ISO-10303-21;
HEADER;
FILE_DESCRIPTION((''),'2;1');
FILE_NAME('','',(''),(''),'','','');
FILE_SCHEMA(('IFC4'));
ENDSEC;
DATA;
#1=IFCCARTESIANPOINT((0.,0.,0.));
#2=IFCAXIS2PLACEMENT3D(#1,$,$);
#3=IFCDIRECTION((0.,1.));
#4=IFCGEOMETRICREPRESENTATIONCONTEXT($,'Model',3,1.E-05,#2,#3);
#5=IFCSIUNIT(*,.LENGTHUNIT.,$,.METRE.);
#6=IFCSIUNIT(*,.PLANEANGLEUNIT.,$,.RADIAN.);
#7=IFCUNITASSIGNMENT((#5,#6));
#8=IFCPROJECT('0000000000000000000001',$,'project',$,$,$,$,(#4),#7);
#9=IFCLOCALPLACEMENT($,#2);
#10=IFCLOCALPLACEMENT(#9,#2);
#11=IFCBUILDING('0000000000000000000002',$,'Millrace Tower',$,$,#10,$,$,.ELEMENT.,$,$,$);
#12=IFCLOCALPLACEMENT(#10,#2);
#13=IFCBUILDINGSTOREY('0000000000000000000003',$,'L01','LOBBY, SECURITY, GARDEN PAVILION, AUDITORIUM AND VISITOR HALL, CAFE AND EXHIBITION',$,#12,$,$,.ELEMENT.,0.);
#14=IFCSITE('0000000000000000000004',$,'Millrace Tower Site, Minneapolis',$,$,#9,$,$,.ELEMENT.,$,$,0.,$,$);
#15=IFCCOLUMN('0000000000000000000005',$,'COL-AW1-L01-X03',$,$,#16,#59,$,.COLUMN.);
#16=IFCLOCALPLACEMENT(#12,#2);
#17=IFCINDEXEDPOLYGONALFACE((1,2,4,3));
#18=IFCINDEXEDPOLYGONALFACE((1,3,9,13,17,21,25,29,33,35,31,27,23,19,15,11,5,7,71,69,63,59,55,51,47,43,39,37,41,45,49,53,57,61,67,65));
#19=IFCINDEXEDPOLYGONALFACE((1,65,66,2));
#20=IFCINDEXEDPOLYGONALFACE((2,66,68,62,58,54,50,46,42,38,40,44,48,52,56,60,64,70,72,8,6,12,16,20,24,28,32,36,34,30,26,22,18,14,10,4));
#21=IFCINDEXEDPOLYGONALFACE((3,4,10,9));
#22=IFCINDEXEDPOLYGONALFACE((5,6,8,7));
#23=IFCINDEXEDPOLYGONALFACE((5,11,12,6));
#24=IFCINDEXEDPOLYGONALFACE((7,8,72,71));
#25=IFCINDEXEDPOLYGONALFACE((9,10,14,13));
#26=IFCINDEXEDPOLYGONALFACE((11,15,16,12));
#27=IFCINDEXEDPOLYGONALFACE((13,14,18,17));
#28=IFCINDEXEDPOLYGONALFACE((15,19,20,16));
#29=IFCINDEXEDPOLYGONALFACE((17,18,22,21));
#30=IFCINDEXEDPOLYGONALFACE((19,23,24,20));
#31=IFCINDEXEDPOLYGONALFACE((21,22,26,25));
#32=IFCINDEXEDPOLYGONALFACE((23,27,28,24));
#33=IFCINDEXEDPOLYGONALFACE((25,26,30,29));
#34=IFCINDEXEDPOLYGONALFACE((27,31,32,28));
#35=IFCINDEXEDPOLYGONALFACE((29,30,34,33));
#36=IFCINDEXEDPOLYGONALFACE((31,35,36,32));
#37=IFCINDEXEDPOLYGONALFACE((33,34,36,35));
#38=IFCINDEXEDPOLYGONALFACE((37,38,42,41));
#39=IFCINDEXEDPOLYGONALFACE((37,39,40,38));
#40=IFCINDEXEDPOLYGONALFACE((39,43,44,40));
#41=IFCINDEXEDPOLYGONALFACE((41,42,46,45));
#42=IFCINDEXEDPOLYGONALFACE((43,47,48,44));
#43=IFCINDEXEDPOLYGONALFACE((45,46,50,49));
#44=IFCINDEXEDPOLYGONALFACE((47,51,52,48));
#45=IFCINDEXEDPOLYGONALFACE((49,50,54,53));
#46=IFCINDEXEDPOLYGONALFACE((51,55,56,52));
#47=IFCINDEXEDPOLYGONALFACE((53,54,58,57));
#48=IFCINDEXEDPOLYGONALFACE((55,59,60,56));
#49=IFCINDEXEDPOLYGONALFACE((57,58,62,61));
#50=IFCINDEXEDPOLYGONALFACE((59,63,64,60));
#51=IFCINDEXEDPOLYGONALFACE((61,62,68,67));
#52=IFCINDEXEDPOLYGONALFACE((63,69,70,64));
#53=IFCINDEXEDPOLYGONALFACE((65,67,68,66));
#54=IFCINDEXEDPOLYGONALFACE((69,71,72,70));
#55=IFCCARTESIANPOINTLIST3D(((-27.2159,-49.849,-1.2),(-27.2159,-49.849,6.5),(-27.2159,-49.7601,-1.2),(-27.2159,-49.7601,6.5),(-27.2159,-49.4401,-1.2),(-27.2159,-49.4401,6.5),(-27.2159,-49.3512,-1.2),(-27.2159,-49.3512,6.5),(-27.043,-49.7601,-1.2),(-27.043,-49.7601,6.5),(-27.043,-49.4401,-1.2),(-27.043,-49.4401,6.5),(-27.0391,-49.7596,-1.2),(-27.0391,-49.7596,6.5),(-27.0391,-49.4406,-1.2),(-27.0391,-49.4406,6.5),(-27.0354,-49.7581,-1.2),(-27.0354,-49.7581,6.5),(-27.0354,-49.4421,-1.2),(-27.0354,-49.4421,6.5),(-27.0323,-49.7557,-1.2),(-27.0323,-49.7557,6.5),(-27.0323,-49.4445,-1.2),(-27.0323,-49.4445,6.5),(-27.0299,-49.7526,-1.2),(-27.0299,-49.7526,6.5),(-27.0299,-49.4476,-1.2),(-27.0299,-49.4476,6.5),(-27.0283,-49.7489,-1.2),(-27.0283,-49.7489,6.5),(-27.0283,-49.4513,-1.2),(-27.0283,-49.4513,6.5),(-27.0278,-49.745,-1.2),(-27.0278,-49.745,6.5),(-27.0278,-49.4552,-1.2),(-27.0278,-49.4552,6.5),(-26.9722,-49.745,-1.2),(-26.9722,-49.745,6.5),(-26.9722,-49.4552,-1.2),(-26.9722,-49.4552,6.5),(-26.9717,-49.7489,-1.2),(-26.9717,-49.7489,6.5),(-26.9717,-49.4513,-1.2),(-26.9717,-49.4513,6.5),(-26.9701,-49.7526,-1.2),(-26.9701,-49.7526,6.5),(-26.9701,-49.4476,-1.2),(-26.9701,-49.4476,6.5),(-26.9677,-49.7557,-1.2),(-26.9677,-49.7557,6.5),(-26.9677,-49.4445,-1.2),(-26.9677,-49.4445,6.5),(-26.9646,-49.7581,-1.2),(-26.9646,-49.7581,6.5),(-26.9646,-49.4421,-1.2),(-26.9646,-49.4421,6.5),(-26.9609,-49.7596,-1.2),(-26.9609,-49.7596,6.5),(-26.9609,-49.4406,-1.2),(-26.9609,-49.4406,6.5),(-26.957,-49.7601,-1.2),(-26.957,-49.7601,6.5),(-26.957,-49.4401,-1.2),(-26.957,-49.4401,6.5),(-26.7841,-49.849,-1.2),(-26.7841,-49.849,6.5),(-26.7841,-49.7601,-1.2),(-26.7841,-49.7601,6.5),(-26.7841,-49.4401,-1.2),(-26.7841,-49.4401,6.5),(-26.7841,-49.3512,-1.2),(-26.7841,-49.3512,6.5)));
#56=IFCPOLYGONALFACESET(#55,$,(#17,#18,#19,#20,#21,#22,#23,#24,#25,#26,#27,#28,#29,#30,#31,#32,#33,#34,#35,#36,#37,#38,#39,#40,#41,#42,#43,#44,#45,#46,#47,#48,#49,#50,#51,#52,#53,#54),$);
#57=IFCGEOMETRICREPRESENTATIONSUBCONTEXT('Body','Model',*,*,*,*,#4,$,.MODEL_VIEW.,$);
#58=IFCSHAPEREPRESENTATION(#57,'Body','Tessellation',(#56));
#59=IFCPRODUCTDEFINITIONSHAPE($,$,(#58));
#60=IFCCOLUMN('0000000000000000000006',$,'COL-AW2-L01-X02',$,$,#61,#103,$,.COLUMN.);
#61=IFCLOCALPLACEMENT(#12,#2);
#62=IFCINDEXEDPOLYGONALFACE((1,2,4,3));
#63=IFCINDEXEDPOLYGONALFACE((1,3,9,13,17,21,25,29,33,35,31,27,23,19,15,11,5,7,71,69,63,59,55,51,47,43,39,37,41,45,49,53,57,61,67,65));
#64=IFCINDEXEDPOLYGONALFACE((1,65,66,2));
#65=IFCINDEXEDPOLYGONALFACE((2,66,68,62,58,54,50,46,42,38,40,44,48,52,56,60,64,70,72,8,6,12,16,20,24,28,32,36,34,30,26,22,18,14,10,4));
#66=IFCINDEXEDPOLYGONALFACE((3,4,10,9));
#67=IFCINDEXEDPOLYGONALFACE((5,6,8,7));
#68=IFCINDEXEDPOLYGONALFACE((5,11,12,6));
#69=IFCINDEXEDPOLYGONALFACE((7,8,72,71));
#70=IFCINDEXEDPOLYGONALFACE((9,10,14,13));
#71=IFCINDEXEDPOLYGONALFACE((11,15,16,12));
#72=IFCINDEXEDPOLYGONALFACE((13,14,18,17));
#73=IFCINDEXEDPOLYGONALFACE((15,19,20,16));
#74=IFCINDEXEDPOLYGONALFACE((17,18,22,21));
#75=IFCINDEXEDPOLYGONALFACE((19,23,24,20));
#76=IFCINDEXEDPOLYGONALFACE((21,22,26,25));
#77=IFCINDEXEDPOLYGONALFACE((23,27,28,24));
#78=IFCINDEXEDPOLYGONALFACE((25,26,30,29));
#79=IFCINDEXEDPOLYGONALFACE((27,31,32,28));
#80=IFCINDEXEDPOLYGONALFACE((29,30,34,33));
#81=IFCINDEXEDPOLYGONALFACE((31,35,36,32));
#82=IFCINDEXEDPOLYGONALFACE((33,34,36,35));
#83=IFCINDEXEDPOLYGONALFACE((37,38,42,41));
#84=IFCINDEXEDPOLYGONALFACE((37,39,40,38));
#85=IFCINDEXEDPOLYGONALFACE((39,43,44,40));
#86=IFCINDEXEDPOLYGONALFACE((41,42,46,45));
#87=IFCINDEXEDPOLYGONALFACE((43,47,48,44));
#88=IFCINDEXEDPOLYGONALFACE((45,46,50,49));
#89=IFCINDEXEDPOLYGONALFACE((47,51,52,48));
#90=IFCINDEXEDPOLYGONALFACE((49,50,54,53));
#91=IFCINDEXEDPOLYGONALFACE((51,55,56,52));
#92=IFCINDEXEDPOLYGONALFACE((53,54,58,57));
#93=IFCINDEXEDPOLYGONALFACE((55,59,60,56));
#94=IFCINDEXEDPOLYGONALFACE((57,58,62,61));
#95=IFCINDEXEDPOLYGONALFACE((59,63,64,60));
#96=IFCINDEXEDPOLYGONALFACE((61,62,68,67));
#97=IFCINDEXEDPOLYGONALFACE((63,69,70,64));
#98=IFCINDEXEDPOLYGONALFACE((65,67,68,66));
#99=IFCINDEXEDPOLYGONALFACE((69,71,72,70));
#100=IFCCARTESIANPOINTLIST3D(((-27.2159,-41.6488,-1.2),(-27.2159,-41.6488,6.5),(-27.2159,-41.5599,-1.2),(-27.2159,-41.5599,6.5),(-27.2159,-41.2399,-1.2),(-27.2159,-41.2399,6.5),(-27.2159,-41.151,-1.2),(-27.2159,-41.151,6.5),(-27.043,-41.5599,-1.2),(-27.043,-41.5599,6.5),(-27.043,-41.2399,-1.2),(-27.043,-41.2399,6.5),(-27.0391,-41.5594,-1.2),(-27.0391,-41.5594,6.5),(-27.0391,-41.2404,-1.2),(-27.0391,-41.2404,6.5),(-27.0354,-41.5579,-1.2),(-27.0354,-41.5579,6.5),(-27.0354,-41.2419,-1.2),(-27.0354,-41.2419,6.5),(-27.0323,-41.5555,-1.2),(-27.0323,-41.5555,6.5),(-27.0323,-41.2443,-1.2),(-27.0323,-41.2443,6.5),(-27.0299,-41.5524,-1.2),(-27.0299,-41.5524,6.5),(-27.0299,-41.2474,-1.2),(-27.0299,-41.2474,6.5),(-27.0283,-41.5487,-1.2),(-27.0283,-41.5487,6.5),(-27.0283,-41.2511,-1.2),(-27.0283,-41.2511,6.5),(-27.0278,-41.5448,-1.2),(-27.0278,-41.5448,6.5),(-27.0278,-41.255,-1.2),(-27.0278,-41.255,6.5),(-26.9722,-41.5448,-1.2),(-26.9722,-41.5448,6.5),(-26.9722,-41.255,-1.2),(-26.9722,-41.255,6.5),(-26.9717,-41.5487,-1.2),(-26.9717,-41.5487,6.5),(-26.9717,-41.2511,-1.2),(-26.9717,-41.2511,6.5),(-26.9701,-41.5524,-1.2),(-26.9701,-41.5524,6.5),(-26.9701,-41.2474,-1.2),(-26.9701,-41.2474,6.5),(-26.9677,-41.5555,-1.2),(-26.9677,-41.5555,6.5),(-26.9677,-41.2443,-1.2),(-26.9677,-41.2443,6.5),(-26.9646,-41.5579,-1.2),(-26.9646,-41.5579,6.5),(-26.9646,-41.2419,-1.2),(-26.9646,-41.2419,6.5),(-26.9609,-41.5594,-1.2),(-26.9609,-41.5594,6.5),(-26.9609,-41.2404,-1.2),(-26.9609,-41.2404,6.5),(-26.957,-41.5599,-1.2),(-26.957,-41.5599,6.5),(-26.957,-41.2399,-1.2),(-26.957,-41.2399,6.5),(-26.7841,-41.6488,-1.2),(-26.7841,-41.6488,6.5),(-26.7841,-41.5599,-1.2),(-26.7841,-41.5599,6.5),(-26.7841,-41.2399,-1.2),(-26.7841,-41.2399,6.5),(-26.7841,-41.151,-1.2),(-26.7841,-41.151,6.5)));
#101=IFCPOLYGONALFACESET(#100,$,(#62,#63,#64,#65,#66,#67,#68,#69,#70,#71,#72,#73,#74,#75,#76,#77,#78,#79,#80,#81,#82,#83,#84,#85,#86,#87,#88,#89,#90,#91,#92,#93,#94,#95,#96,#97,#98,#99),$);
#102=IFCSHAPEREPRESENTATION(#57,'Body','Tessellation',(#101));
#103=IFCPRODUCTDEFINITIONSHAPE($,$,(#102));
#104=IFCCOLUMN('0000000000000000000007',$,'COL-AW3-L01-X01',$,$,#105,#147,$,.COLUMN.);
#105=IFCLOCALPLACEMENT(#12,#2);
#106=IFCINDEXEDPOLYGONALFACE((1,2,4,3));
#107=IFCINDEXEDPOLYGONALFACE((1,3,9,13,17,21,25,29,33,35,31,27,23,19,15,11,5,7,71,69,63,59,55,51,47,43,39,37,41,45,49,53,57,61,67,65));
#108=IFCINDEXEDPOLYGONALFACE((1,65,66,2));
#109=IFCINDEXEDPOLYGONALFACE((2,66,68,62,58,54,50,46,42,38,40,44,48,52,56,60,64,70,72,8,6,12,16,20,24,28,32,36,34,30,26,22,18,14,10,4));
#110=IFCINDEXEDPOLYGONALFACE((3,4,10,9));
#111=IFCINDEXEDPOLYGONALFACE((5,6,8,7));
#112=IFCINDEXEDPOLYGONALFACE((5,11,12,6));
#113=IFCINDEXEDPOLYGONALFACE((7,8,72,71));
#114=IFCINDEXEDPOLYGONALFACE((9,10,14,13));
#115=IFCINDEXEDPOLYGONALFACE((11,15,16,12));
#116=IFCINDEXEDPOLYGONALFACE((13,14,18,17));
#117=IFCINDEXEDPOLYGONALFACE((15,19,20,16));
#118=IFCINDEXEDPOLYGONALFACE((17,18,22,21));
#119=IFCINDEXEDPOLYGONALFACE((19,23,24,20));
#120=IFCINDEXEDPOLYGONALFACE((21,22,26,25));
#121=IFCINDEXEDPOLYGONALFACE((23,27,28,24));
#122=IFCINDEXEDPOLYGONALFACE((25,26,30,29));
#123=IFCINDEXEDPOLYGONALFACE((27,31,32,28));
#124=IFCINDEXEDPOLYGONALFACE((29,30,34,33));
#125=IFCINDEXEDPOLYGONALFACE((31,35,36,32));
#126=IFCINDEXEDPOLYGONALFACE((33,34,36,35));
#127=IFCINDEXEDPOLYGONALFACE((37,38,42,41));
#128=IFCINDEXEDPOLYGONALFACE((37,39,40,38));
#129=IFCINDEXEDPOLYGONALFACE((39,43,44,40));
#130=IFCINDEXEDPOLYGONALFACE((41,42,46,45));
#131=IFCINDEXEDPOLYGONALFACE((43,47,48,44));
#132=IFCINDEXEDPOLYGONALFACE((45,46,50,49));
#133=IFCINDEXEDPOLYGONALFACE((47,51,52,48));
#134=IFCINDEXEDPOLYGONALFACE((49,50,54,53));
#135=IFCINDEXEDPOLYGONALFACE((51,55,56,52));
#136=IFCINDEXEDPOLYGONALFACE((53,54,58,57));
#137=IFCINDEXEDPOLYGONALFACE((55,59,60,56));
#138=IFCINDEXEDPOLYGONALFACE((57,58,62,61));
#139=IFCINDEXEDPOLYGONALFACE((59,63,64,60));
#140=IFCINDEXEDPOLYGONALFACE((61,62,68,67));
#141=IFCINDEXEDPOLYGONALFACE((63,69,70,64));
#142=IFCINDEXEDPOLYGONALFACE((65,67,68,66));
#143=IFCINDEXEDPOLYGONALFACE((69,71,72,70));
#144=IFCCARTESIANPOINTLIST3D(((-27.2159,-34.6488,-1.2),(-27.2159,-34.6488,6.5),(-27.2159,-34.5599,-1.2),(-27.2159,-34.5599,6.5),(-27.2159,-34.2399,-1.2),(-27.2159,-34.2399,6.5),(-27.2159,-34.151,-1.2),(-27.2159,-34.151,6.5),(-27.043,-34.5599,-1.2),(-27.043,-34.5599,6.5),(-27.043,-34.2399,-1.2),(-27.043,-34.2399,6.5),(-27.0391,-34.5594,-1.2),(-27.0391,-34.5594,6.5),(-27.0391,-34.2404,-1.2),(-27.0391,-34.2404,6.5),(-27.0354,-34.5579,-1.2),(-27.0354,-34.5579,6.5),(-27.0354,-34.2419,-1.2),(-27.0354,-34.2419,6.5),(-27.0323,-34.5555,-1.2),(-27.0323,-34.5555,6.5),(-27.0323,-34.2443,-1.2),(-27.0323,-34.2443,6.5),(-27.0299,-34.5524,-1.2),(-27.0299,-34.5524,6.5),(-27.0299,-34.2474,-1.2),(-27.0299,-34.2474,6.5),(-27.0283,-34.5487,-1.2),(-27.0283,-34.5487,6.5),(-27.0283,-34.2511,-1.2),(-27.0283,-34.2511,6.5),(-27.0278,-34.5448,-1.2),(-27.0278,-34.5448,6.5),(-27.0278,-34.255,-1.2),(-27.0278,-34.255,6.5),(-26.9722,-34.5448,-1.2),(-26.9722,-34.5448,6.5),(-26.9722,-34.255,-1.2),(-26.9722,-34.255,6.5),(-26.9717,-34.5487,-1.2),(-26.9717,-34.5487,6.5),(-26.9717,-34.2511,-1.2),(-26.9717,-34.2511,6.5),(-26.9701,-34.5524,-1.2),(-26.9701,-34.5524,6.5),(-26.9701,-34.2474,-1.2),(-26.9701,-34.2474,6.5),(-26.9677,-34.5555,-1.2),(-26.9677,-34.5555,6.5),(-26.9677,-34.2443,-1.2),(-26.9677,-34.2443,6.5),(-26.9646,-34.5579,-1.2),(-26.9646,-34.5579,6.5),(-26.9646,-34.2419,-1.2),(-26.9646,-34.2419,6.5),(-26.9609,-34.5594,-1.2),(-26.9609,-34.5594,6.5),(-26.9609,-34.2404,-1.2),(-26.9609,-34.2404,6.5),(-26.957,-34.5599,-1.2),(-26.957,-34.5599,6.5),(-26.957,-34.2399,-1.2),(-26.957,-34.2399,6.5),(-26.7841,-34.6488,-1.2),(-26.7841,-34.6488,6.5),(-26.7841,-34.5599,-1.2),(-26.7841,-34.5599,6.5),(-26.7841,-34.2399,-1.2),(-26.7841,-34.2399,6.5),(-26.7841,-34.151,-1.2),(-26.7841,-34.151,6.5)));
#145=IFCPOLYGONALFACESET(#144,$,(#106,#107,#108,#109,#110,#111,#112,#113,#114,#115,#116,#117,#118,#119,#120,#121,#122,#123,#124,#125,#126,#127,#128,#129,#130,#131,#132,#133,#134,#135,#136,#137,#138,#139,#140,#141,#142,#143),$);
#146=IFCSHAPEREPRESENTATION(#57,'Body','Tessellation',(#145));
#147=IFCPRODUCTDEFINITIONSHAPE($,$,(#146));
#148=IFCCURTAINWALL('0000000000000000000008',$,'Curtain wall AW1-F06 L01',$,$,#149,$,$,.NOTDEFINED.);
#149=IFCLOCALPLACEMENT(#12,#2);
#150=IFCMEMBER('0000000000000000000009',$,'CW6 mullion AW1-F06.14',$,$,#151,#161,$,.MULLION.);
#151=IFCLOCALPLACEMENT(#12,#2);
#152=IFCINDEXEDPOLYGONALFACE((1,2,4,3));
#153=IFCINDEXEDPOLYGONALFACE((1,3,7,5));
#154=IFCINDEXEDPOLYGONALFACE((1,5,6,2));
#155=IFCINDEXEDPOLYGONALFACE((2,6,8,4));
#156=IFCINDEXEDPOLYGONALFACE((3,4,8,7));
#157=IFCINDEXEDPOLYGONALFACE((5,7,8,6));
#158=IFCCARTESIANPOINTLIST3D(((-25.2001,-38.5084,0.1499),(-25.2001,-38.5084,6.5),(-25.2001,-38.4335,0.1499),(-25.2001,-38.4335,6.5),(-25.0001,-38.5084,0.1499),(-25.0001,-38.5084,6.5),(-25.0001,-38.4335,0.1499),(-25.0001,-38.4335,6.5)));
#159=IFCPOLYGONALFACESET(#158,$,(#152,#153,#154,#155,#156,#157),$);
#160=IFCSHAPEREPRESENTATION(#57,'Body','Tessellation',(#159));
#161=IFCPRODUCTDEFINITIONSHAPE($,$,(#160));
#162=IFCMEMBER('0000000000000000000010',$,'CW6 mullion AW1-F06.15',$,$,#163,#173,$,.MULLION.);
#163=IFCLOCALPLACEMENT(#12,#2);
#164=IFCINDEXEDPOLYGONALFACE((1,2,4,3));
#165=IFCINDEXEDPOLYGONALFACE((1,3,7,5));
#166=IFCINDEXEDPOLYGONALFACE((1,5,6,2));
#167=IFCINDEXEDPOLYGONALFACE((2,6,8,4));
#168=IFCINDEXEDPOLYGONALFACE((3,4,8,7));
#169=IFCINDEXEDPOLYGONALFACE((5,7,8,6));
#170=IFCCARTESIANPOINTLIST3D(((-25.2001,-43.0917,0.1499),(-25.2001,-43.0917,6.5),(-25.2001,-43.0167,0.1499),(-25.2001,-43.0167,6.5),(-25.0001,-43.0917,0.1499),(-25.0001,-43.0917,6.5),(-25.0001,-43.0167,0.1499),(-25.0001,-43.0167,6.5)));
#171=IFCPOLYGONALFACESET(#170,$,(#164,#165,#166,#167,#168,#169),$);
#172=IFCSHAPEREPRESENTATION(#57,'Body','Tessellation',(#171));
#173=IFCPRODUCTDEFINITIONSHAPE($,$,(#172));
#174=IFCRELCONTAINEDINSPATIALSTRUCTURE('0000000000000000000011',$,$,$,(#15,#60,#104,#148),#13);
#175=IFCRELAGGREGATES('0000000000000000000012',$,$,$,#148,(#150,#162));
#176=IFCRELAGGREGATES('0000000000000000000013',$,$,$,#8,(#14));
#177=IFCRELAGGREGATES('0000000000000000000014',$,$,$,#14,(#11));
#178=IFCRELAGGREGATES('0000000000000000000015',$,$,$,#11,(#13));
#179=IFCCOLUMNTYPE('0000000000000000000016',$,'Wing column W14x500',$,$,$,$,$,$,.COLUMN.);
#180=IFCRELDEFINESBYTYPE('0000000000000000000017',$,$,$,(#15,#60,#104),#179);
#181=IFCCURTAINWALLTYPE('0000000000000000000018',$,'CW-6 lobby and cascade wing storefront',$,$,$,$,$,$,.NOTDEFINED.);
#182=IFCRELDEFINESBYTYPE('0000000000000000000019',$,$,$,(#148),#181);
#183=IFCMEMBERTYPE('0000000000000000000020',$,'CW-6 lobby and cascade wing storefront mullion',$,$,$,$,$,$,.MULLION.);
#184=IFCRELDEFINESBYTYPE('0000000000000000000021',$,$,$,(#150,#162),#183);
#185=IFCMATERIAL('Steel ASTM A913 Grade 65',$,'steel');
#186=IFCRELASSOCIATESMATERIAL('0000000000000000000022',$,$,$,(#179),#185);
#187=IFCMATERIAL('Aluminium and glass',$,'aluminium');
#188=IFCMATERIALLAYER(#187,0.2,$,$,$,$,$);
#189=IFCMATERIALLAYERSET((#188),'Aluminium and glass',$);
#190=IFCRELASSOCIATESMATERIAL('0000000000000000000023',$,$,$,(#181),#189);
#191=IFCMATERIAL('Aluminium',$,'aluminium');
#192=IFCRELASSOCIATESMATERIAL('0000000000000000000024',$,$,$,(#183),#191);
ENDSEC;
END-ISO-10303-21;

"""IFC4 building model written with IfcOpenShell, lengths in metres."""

from ifc_helpers import new_model, si_unit, direction, frame, origin, origin_2d, place, context, subcontext, project, spatial, rectangle, i_section, extrude, material, layer, layer_set, material_profile, profile_set, type_object, element, aggregate, save


model = new_model("IFC4")

# Units and contexts
model_context = context("Model", 3, precision=1e-05, world=origin(), true_north=direction((0.0, 1.0)))
body_context = subcontext(model_context, "Body", "Model", "MODEL_VIEW")
ifc_project = project(units=[si_unit("LENGTHUNIT", "METRE"), si_unit("PLANEANGLEUNIT", "RADIAN")], contexts=[model_context])

# Site, building, storey
site_placement = place(None, origin())
site = spatial("IfcSite", under=ifc_project, at=site_placement, Name="Millrace Tower Site, Minneapolis", CompositionType="ELEMENT", RefElevation=0.0)
building_placement = place(site_placement, origin())
building = spatial("IfcBuilding", under=site, at=building_placement, Name="Millrace Tower", CompositionType="ELEMENT")
storey_placement = place(building_placement, origin())
storey = spatial("IfcBuildingStorey", under=building, at=storey_placement, Name="L01", Description="LOBBY, SECURITY, GARDEN PAVILION, AUDITORIUM AND VISITOR HALL, CAFE AND EXHIBITION", CompositionType="ELEMENT", Elevation=0.0)

# Columns
ifc_material_1 = material(Name="Steel ASTM A913 Grade 65", Category="steel")
ifc_material_profile_1 = material_profile(ifc_material_1, i_section(OverallWidth=0.4319, OverallDepth=0.4978, WebThickness=0.0557, FlangeThickness=0.0889, FilletRadius=0.0151, at=origin_2d()))
ifc_profile_set_1 = profile_set([ifc_material_profile_1], Name="Steel ASTM A913 Grade 65")
column_type = type_object("IfcColumnType", Name="Wing column W14x500", PredefinedType="COLUMN", material=ifc_profile_set_1)
for number, where, z_axis, x_axis, name in (
    (1, (-27.0, -49.6001, -1.2), (0.0, 0.0, 1.0), (1.0, 0.0, 0.0), "COL-AW1-L01-X03"),
    (2, (-27.0, -41.3999, -1.2), (0.0, 0.0, 1.0), (1.0, 0.0, 0.0), "COL-AW2-L01-X02"),
    (3, (-27.0, -34.3999, -1.2), (0.0, 0.0, 1.0), (1.0, 0.0, 0.0), "COL-AW3-L01-X01"),
):
    element("IfcColumn", number, at=place(storey_placement, frame(where, z_axis=z_axis, x_axis=x_axis)), inside=storey, type_object=column_type, Name=name, PredefinedType="COLUMN", context=body_context, shape_type="SweptSolid", body=[
        extrude(i_section(OverallWidth=0.4319, OverallDepth=0.4978, WebThickness=0.0557, FlangeThickness=0.0889, FilletRadius=0.0151, at=origin_2d()), origin(), (0.0, 0.0, 1.0), 7.7),
    ])

# Curtain wall, members
ifc_material_2 = material(Name="Aluminium and glass", Category="aluminium")
ifc_layer_1 = layer(ifc_material_2, 0.2)
ifc_layer_set_1 = layer_set([ifc_layer_1], Name="Aluminium and glass")
curtain_wall_type = type_object("IfcCurtainWallType", Name="CW-6 lobby and cascade wing storefront", PredefinedType="NOTDEFINED", material=ifc_layer_set_1)
curtain_wall_placement = place(storey_placement, origin())
curtain_wall = element("IfcCurtainWall", 4, at=curtain_wall_placement, inside=storey, type_object=curtain_wall_type, Name="Curtain wall AW1-F06 L01", PredefinedType="NOTDEFINED")
ifc_material_3 = material(Name="Aluminium", Category="aluminium")
ifc_material_profile_2 = material_profile(ifc_material_3, rectangle(XDim=0.075, YDim=0.2, at=origin_2d()))
ifc_profile_set_2 = profile_set([ifc_material_profile_2], Name="Aluminium")
member_type = type_object("IfcMemberType", Name="CW-6 lobby and cascade wing storefront mullion", PredefinedType="MULLION", material=ifc_profile_set_2)
member_1_placement = place(storey_placement, frame((-25.1001, -38.4709, 0.1499), z_axis=(0.0, 0.0, 1.0), x_axis=(0.0, -1.0, 0.0)))
member_1 = element("IfcMember", 5, at=member_1_placement, type_object=member_type, Name="CW6 mullion AW1-F06.14", PredefinedType="MULLION", context=body_context, shape_type="SweptSolid", body=[
    extrude(rectangle(XDim=0.075, YDim=0.2, at=origin_2d()), origin(), (0.0, 0.0, 1.0), 6.3501),
])
member_2_placement = place(storey_placement, frame((-25.1001, -43.0542, 0.1499), z_axis=(0.0, 0.0, 1.0), x_axis=(0.0, -1.0, 0.0)))
member_2 = element("IfcMember", 6, at=member_2_placement, type_object=member_type, Name="CW6 mullion AW1-F06.15", PredefinedType="MULLION", context=body_context, shape_type="SweptSolid", body=[
    extrude(rectangle(XDim=0.075, YDim=0.2, at=origin_2d()), origin(), (0.0, 0.0, 1.0), 6.3501),
])
aggregate(curtain_wall, [member_1, member_2])

save(model, "model.ifc")
